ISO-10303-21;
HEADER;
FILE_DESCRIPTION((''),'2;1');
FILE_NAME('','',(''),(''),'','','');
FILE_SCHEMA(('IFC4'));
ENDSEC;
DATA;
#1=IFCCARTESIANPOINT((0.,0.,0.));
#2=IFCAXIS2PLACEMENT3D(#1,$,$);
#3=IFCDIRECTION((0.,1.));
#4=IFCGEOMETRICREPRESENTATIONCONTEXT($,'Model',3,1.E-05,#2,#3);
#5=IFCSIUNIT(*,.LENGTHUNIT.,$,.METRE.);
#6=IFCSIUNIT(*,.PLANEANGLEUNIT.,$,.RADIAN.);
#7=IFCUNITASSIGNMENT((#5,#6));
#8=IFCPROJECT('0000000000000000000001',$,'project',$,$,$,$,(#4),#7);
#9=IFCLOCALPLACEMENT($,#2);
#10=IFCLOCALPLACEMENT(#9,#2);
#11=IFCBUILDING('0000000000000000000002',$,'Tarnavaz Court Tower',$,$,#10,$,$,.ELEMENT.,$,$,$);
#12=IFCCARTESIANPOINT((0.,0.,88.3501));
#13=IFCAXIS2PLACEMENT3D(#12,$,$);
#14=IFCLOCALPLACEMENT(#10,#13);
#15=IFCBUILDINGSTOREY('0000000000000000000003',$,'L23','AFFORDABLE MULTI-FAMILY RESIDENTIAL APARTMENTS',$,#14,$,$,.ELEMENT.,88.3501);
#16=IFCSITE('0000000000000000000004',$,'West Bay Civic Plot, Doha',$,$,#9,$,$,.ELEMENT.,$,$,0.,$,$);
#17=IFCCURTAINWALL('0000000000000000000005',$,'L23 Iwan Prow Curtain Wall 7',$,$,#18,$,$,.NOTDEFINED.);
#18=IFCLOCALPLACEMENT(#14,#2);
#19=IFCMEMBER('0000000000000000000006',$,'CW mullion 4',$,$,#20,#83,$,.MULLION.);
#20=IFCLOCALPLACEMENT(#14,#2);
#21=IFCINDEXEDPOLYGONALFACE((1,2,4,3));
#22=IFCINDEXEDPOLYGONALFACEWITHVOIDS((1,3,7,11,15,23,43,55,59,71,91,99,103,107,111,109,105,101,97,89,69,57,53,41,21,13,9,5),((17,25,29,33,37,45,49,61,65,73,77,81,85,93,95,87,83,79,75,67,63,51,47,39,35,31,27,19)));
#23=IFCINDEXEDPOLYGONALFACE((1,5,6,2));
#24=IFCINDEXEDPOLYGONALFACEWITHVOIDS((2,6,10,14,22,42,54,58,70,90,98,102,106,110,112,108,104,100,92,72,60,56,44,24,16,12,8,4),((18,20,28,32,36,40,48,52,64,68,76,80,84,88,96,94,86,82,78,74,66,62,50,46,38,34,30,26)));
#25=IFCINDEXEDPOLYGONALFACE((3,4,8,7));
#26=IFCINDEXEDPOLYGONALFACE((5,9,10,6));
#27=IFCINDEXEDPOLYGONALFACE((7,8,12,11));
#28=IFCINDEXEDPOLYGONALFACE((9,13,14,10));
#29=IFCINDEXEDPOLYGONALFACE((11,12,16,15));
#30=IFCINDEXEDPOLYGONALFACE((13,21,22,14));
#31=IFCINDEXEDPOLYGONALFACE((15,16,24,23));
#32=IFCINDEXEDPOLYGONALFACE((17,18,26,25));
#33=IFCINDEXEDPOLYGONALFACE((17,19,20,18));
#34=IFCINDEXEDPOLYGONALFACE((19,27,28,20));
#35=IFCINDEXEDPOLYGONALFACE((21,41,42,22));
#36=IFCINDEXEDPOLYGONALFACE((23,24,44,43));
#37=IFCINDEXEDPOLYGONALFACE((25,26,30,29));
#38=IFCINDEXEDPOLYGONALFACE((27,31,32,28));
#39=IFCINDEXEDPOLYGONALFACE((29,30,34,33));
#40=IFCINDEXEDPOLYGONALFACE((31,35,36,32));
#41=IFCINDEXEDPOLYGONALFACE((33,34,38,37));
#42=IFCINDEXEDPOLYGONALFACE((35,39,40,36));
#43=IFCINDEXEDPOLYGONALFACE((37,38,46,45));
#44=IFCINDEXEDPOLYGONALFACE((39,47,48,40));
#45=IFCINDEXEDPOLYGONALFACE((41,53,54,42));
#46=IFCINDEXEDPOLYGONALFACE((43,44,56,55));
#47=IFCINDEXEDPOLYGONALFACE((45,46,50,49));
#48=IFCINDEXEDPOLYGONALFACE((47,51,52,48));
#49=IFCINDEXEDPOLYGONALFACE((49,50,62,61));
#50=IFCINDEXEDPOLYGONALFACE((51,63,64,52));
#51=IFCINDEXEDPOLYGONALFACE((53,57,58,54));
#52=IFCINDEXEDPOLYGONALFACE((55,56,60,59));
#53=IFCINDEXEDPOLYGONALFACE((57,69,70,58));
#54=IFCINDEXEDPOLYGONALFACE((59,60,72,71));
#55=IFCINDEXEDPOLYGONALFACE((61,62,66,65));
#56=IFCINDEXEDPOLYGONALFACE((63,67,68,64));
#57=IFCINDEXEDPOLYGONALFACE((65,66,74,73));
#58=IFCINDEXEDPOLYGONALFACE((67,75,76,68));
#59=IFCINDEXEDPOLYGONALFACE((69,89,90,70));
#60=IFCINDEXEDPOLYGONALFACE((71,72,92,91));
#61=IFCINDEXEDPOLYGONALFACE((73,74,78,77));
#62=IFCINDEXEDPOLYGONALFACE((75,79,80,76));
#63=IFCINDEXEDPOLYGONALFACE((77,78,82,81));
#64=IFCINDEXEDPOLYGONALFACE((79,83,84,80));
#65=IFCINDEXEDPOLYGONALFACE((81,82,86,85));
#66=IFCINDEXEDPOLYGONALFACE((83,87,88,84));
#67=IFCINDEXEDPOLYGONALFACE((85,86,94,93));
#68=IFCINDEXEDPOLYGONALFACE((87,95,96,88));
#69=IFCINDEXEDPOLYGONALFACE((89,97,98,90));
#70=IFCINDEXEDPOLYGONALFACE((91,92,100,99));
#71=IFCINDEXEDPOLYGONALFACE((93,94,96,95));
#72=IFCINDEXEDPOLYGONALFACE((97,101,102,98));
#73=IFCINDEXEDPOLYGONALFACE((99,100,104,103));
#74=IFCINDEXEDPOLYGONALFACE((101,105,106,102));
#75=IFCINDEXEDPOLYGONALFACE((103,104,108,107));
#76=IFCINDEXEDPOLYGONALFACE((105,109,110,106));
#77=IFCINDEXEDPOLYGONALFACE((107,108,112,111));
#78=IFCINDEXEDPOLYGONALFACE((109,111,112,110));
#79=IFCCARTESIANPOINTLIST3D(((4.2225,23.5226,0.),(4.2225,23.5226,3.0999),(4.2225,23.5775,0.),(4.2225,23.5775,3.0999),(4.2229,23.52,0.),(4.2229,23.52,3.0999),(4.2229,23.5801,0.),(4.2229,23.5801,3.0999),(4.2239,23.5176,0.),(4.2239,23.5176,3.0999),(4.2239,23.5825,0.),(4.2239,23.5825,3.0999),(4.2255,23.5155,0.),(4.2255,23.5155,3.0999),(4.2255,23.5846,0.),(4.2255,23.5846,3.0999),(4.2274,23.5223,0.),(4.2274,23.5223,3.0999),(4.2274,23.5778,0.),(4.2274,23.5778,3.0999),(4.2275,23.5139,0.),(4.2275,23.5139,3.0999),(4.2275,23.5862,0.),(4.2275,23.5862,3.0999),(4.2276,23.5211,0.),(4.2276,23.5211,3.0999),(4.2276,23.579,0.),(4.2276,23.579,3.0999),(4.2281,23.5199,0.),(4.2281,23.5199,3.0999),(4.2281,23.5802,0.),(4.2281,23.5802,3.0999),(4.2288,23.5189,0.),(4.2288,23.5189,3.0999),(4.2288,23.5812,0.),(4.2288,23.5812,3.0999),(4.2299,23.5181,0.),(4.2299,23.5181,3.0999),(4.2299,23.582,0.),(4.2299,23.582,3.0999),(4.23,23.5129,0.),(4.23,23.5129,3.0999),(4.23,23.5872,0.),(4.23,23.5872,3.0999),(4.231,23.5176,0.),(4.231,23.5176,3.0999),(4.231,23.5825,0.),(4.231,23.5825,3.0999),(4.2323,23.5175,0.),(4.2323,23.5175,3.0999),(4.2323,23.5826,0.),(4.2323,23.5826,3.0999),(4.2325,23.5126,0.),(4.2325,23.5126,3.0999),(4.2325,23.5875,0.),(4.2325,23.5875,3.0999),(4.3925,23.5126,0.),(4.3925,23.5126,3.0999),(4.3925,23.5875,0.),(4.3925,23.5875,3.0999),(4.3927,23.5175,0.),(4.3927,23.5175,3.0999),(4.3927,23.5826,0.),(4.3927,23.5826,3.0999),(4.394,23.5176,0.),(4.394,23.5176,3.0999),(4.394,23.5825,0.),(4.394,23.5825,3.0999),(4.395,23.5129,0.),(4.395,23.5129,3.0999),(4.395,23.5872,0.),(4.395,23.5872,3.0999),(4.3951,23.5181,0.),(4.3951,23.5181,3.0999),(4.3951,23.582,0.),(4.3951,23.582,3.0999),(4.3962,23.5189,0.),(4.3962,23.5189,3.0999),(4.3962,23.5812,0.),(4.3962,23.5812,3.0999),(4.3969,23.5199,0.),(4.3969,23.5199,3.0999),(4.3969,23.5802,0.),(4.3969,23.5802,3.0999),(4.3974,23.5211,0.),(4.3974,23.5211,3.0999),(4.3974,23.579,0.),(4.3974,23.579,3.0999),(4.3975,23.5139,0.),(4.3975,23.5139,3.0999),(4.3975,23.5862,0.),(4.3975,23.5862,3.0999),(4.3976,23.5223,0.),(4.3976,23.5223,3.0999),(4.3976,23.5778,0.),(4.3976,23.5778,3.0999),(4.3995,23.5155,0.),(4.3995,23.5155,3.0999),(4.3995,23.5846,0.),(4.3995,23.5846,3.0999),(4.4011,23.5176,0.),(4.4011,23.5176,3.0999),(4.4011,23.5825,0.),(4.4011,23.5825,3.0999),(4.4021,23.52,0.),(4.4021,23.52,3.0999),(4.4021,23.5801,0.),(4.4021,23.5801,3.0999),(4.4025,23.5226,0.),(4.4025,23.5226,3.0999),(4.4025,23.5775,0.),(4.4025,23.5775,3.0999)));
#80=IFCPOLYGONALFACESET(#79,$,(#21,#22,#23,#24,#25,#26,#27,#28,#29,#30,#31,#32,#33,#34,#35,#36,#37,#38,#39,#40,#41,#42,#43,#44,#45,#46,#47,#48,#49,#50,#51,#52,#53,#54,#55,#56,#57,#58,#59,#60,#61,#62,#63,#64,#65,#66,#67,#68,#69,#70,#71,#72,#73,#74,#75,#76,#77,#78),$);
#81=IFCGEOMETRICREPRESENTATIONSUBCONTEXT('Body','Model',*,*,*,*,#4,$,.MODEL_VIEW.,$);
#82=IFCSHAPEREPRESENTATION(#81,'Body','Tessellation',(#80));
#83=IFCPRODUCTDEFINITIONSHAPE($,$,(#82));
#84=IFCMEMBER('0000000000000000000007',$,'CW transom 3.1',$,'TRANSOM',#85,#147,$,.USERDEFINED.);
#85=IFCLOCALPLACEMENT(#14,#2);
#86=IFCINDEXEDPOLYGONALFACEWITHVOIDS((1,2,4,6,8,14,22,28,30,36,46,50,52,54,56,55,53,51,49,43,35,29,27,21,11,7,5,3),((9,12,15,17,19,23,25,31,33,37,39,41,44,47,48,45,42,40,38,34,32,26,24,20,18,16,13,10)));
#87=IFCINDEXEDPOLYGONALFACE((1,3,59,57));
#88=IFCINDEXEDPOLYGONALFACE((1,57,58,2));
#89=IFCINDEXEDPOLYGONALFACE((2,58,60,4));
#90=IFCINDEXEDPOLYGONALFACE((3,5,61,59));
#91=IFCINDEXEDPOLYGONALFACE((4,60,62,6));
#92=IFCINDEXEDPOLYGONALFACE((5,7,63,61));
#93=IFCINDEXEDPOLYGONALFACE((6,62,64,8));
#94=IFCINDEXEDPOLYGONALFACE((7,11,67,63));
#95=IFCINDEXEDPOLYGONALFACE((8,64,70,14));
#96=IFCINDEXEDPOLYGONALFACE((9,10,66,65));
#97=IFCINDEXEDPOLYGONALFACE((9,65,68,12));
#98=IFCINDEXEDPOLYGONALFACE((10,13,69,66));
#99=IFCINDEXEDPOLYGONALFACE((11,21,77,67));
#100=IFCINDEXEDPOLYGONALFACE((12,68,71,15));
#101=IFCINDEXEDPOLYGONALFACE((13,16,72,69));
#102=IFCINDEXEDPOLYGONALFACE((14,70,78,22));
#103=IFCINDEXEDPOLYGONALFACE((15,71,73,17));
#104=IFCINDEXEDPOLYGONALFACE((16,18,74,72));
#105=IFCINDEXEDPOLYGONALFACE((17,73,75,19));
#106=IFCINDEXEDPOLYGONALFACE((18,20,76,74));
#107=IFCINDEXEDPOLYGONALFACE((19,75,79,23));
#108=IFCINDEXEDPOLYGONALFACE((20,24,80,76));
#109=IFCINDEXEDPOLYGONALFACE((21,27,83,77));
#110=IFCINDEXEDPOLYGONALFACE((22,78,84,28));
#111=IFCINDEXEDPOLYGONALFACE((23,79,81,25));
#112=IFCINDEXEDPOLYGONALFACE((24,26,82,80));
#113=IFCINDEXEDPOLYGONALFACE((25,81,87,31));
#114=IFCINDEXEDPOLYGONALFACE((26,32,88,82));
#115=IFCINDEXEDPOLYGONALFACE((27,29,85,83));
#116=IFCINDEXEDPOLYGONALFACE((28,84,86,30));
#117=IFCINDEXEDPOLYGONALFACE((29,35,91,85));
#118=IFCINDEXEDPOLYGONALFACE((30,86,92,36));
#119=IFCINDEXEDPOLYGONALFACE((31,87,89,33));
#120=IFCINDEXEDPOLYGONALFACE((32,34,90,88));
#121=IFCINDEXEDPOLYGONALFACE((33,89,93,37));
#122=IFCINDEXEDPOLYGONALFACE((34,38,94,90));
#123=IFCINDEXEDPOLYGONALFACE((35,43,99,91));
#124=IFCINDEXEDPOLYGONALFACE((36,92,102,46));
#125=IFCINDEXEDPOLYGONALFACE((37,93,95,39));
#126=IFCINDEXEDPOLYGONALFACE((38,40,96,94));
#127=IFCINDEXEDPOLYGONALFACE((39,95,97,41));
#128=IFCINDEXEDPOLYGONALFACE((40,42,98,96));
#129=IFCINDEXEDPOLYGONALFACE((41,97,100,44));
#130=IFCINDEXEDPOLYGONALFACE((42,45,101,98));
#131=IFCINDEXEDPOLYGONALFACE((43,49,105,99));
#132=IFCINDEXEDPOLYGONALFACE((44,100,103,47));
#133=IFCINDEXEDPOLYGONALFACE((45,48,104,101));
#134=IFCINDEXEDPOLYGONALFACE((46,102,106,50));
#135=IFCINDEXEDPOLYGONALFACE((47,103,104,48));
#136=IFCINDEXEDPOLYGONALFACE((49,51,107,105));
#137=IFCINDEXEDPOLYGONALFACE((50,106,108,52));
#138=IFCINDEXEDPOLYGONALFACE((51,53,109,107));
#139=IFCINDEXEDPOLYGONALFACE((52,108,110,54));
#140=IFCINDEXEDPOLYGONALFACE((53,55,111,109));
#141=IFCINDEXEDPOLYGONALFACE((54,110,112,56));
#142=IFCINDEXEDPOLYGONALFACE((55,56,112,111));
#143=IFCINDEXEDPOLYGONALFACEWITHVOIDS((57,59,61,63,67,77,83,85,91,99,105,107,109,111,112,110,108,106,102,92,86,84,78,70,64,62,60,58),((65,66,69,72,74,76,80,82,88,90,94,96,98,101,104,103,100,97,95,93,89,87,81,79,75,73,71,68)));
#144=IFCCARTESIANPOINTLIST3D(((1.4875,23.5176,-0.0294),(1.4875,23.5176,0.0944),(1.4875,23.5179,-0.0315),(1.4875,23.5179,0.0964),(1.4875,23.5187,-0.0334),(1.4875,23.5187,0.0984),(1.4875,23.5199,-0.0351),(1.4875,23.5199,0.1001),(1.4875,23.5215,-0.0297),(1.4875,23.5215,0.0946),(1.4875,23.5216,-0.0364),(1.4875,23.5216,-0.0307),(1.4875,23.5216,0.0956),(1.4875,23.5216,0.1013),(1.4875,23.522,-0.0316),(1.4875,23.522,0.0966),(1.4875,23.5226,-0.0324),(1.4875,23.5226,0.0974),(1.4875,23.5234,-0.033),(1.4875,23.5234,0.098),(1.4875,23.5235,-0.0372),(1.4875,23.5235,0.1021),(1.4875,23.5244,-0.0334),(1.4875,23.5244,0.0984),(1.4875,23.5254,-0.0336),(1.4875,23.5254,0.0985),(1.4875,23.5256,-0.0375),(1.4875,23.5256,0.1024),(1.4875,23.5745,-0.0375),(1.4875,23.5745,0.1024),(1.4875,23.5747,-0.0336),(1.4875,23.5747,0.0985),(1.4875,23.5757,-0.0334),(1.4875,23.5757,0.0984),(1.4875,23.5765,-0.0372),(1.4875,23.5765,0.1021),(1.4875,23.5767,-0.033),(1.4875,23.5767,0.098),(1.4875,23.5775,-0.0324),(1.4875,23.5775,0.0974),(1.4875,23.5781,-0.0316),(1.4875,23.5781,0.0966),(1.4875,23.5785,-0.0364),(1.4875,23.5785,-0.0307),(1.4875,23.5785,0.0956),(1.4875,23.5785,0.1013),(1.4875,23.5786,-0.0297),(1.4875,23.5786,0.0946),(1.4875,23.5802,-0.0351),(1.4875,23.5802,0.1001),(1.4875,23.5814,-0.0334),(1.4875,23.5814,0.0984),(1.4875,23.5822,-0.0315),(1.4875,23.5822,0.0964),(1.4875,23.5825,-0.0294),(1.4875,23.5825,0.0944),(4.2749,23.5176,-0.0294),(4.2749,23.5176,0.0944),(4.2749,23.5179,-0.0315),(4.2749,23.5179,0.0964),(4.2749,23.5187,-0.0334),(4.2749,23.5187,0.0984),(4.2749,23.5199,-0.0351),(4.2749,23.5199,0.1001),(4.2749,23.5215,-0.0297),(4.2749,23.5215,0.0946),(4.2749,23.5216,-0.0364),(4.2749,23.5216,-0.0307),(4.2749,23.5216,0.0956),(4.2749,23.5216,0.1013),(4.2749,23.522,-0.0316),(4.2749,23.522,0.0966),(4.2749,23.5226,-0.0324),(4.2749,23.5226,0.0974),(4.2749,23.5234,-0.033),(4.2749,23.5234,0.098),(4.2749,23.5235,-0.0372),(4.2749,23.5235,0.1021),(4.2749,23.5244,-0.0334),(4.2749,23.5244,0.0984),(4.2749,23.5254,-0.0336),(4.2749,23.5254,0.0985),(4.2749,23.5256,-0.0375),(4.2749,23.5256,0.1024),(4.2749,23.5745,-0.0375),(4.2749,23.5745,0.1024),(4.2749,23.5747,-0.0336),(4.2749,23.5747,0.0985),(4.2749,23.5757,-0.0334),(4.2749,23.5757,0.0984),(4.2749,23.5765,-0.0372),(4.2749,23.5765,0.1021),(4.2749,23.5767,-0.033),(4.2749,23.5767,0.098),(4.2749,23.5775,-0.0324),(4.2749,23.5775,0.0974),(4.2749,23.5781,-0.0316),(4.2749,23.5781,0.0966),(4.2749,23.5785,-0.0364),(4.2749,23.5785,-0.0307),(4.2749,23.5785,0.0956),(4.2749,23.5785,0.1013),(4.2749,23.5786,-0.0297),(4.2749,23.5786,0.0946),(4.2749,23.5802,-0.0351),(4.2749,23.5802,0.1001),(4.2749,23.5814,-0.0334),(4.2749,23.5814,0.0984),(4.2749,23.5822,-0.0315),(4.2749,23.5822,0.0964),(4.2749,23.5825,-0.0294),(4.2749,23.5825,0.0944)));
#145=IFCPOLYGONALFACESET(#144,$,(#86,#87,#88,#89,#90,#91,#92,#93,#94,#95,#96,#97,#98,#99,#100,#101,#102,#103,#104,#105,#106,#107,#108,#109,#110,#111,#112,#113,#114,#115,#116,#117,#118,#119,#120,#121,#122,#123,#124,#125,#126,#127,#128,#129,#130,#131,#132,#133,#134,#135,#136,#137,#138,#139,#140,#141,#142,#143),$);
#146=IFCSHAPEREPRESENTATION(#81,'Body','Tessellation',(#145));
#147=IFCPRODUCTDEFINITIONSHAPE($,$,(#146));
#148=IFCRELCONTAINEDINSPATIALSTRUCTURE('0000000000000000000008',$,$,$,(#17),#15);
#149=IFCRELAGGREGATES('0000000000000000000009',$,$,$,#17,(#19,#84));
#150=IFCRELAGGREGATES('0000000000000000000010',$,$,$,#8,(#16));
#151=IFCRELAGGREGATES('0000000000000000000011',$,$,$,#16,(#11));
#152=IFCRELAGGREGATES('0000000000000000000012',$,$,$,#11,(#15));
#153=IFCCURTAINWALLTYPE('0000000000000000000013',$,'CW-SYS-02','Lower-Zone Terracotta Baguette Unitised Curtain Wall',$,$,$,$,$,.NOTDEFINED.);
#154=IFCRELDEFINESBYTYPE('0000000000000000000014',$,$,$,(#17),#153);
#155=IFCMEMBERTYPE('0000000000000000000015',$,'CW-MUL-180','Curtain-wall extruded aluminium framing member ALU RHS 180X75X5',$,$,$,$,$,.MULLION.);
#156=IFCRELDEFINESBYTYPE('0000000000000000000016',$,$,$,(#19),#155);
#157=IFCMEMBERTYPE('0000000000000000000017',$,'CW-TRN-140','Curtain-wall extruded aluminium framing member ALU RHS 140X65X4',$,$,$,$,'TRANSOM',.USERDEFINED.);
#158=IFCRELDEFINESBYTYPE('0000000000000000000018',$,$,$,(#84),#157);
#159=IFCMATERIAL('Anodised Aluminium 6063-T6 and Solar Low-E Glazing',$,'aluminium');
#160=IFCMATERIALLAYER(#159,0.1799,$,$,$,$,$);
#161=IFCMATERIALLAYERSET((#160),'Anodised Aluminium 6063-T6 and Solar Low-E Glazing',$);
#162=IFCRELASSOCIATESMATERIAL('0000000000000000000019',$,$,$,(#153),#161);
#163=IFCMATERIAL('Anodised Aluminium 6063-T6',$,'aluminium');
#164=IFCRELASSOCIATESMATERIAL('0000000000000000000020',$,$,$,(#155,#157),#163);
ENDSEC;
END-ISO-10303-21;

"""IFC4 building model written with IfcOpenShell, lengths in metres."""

from ifc_helpers import new_model, si_unit, direction, frame, origin, origin_2d, place, context, subcontext, project, spatial, hollow_rectangle, extrude, material, layer, layer_set, material_profile, profile_set, type_object, element, aggregate, save


model = new_model("IFC4")

# Units and contexts
model_context = context("Model", 3, precision=1e-05, world=origin(), true_north=direction((0.0, 1.0)))
body_context = subcontext(model_context, "Body", "Model", "MODEL_VIEW")
ifc_project = project(units=[si_unit("LENGTHUNIT", "METRE"), si_unit("PLANEANGLEUNIT", "RADIAN")], contexts=[model_context])

# Site, building, storey
site_placement = place(None, origin())
site = spatial("IfcSite", under=ifc_project, at=site_placement, Name="West Bay Civic Plot, Doha", CompositionType="ELEMENT", RefElevation=0.0)
building_placement = place(site_placement, origin())
building = spatial("IfcBuilding", under=site, at=building_placement, Name="Tarnavaz Court Tower", CompositionType="ELEMENT")
storey_placement = place(building_placement, frame((0.0, 0.0, 88.3501)))
storey = spatial("IfcBuildingStorey", under=building, at=storey_placement, Name="L23", Description="AFFORDABLE MULTI-FAMILY RESIDENTIAL APARTMENTS", CompositionType="ELEMENT", Elevation=88.3501)

# Curtain wall, members
ifc_material_1 = material(Name="Anodised Aluminium 6063-T6 and Solar Low-E Glazing", Category="aluminium")
ifc_layer_1 = layer(ifc_material_1, 0.1799)
ifc_layer_set_1 = layer_set([ifc_layer_1], Name="Anodised Aluminium 6063-T6 and Solar Low-E Glazing")
curtain_wall_type = type_object("IfcCurtainWallType", Name="CW-SYS-02", Description="Lower-Zone Terracotta Baguette Unitised Curtain Wall", PredefinedType="NOTDEFINED", material=ifc_layer_set_1)
curtain_wall_placement = place(storey_placement, origin())
curtain_wall = element("IfcCurtainWall", 1, at=curtain_wall_placement, inside=storey, type_object=curtain_wall_type, Name="L23 Iwan Prow Curtain Wall 7", PredefinedType="NOTDEFINED")
ifc_material_2 = material(Name="Anodised Aluminium 6063-T6", Category="aluminium")
ifc_material_profile_1 = material_profile(ifc_material_2, hollow_rectangle(XDim=0.075, YDim=0.1799, WallThickness=0.0049, InnerFilletRadius=0.0049, OuterFilletRadius=0.01, at=origin_2d()), Name="ALU RHS 180X75X5")
ifc_profile_set_1 = profile_set([ifc_material_profile_1], Name="Anodised Aluminium 6063-T6")
member_type_1 = type_object("IfcMemberType", Name="CW-MUL-180", Description="Curtain-wall extruded aluminium framing member ALU RHS 180X75X5", PredefinedType="MULLION", material=ifc_profile_set_1)
member_1_placement = place(storey_placement, frame((4.3125, 23.55, 0.0), z_axis=(0.0, 0.0, 1.0), x_axis=(0.0, 1.0, 0.0)))
member_1 = element("IfcMember", 2, at=member_1_placement, type_object=member_type_1, Name="CW mullion 4", PredefinedType="MULLION", context=body_context, shape_type="SweptSolid", body=[
    extrude(hollow_rectangle(XDim=0.075, YDim=0.1799, WallThickness=0.0049, InnerFilletRadius=0.0049, OuterFilletRadius=0.01, at=origin_2d()), origin(), (0.0, 0.0, 1.0), 3.0999),
])
ifc_material_profile_2 = material_profile(ifc_material_2, hollow_rectangle(XDim=0.0649, YDim=0.1399, WallThickness=0.0039, InnerFilletRadius=0.0039, OuterFilletRadius=0.0081, at=origin_2d()), Name="ALU RHS 140X65X4")
ifc_profile_set_2 = profile_set([ifc_material_profile_2], Name="Anodised Aluminium 6063-T6")
member_type_2 = type_object("IfcMemberType", Name="CW-TRN-140", Description="Curtain-wall extruded aluminium framing member ALU RHS 140X65X4", ElementType="TRANSOM", PredefinedType="USERDEFINED", material=ifc_profile_set_2)
member_2_placement = place(storey_placement, frame((1.4875, 23.55, 0.0325), z_axis=(1.0, 0.0, 0.0), x_axis=(0.0, 1.0, 0.0)))
member_2 = element("IfcMember", 3, at=member_2_placement, type_object=member_type_2, Name="CW transom 3.1", ObjectType="TRANSOM", PredefinedType="USERDEFINED", context=body_context, shape_type="SweptSolid", body=[
    extrude(hollow_rectangle(XDim=0.0649, YDim=0.1399, WallThickness=0.0039, InnerFilletRadius=0.0039, OuterFilletRadius=0.0081, at=origin_2d()), origin(), (0.0, 0.0, 1.0), 2.7874),
])
aggregate(curtain_wall, [member_1, member_2])

save(model, "model.ifc")
